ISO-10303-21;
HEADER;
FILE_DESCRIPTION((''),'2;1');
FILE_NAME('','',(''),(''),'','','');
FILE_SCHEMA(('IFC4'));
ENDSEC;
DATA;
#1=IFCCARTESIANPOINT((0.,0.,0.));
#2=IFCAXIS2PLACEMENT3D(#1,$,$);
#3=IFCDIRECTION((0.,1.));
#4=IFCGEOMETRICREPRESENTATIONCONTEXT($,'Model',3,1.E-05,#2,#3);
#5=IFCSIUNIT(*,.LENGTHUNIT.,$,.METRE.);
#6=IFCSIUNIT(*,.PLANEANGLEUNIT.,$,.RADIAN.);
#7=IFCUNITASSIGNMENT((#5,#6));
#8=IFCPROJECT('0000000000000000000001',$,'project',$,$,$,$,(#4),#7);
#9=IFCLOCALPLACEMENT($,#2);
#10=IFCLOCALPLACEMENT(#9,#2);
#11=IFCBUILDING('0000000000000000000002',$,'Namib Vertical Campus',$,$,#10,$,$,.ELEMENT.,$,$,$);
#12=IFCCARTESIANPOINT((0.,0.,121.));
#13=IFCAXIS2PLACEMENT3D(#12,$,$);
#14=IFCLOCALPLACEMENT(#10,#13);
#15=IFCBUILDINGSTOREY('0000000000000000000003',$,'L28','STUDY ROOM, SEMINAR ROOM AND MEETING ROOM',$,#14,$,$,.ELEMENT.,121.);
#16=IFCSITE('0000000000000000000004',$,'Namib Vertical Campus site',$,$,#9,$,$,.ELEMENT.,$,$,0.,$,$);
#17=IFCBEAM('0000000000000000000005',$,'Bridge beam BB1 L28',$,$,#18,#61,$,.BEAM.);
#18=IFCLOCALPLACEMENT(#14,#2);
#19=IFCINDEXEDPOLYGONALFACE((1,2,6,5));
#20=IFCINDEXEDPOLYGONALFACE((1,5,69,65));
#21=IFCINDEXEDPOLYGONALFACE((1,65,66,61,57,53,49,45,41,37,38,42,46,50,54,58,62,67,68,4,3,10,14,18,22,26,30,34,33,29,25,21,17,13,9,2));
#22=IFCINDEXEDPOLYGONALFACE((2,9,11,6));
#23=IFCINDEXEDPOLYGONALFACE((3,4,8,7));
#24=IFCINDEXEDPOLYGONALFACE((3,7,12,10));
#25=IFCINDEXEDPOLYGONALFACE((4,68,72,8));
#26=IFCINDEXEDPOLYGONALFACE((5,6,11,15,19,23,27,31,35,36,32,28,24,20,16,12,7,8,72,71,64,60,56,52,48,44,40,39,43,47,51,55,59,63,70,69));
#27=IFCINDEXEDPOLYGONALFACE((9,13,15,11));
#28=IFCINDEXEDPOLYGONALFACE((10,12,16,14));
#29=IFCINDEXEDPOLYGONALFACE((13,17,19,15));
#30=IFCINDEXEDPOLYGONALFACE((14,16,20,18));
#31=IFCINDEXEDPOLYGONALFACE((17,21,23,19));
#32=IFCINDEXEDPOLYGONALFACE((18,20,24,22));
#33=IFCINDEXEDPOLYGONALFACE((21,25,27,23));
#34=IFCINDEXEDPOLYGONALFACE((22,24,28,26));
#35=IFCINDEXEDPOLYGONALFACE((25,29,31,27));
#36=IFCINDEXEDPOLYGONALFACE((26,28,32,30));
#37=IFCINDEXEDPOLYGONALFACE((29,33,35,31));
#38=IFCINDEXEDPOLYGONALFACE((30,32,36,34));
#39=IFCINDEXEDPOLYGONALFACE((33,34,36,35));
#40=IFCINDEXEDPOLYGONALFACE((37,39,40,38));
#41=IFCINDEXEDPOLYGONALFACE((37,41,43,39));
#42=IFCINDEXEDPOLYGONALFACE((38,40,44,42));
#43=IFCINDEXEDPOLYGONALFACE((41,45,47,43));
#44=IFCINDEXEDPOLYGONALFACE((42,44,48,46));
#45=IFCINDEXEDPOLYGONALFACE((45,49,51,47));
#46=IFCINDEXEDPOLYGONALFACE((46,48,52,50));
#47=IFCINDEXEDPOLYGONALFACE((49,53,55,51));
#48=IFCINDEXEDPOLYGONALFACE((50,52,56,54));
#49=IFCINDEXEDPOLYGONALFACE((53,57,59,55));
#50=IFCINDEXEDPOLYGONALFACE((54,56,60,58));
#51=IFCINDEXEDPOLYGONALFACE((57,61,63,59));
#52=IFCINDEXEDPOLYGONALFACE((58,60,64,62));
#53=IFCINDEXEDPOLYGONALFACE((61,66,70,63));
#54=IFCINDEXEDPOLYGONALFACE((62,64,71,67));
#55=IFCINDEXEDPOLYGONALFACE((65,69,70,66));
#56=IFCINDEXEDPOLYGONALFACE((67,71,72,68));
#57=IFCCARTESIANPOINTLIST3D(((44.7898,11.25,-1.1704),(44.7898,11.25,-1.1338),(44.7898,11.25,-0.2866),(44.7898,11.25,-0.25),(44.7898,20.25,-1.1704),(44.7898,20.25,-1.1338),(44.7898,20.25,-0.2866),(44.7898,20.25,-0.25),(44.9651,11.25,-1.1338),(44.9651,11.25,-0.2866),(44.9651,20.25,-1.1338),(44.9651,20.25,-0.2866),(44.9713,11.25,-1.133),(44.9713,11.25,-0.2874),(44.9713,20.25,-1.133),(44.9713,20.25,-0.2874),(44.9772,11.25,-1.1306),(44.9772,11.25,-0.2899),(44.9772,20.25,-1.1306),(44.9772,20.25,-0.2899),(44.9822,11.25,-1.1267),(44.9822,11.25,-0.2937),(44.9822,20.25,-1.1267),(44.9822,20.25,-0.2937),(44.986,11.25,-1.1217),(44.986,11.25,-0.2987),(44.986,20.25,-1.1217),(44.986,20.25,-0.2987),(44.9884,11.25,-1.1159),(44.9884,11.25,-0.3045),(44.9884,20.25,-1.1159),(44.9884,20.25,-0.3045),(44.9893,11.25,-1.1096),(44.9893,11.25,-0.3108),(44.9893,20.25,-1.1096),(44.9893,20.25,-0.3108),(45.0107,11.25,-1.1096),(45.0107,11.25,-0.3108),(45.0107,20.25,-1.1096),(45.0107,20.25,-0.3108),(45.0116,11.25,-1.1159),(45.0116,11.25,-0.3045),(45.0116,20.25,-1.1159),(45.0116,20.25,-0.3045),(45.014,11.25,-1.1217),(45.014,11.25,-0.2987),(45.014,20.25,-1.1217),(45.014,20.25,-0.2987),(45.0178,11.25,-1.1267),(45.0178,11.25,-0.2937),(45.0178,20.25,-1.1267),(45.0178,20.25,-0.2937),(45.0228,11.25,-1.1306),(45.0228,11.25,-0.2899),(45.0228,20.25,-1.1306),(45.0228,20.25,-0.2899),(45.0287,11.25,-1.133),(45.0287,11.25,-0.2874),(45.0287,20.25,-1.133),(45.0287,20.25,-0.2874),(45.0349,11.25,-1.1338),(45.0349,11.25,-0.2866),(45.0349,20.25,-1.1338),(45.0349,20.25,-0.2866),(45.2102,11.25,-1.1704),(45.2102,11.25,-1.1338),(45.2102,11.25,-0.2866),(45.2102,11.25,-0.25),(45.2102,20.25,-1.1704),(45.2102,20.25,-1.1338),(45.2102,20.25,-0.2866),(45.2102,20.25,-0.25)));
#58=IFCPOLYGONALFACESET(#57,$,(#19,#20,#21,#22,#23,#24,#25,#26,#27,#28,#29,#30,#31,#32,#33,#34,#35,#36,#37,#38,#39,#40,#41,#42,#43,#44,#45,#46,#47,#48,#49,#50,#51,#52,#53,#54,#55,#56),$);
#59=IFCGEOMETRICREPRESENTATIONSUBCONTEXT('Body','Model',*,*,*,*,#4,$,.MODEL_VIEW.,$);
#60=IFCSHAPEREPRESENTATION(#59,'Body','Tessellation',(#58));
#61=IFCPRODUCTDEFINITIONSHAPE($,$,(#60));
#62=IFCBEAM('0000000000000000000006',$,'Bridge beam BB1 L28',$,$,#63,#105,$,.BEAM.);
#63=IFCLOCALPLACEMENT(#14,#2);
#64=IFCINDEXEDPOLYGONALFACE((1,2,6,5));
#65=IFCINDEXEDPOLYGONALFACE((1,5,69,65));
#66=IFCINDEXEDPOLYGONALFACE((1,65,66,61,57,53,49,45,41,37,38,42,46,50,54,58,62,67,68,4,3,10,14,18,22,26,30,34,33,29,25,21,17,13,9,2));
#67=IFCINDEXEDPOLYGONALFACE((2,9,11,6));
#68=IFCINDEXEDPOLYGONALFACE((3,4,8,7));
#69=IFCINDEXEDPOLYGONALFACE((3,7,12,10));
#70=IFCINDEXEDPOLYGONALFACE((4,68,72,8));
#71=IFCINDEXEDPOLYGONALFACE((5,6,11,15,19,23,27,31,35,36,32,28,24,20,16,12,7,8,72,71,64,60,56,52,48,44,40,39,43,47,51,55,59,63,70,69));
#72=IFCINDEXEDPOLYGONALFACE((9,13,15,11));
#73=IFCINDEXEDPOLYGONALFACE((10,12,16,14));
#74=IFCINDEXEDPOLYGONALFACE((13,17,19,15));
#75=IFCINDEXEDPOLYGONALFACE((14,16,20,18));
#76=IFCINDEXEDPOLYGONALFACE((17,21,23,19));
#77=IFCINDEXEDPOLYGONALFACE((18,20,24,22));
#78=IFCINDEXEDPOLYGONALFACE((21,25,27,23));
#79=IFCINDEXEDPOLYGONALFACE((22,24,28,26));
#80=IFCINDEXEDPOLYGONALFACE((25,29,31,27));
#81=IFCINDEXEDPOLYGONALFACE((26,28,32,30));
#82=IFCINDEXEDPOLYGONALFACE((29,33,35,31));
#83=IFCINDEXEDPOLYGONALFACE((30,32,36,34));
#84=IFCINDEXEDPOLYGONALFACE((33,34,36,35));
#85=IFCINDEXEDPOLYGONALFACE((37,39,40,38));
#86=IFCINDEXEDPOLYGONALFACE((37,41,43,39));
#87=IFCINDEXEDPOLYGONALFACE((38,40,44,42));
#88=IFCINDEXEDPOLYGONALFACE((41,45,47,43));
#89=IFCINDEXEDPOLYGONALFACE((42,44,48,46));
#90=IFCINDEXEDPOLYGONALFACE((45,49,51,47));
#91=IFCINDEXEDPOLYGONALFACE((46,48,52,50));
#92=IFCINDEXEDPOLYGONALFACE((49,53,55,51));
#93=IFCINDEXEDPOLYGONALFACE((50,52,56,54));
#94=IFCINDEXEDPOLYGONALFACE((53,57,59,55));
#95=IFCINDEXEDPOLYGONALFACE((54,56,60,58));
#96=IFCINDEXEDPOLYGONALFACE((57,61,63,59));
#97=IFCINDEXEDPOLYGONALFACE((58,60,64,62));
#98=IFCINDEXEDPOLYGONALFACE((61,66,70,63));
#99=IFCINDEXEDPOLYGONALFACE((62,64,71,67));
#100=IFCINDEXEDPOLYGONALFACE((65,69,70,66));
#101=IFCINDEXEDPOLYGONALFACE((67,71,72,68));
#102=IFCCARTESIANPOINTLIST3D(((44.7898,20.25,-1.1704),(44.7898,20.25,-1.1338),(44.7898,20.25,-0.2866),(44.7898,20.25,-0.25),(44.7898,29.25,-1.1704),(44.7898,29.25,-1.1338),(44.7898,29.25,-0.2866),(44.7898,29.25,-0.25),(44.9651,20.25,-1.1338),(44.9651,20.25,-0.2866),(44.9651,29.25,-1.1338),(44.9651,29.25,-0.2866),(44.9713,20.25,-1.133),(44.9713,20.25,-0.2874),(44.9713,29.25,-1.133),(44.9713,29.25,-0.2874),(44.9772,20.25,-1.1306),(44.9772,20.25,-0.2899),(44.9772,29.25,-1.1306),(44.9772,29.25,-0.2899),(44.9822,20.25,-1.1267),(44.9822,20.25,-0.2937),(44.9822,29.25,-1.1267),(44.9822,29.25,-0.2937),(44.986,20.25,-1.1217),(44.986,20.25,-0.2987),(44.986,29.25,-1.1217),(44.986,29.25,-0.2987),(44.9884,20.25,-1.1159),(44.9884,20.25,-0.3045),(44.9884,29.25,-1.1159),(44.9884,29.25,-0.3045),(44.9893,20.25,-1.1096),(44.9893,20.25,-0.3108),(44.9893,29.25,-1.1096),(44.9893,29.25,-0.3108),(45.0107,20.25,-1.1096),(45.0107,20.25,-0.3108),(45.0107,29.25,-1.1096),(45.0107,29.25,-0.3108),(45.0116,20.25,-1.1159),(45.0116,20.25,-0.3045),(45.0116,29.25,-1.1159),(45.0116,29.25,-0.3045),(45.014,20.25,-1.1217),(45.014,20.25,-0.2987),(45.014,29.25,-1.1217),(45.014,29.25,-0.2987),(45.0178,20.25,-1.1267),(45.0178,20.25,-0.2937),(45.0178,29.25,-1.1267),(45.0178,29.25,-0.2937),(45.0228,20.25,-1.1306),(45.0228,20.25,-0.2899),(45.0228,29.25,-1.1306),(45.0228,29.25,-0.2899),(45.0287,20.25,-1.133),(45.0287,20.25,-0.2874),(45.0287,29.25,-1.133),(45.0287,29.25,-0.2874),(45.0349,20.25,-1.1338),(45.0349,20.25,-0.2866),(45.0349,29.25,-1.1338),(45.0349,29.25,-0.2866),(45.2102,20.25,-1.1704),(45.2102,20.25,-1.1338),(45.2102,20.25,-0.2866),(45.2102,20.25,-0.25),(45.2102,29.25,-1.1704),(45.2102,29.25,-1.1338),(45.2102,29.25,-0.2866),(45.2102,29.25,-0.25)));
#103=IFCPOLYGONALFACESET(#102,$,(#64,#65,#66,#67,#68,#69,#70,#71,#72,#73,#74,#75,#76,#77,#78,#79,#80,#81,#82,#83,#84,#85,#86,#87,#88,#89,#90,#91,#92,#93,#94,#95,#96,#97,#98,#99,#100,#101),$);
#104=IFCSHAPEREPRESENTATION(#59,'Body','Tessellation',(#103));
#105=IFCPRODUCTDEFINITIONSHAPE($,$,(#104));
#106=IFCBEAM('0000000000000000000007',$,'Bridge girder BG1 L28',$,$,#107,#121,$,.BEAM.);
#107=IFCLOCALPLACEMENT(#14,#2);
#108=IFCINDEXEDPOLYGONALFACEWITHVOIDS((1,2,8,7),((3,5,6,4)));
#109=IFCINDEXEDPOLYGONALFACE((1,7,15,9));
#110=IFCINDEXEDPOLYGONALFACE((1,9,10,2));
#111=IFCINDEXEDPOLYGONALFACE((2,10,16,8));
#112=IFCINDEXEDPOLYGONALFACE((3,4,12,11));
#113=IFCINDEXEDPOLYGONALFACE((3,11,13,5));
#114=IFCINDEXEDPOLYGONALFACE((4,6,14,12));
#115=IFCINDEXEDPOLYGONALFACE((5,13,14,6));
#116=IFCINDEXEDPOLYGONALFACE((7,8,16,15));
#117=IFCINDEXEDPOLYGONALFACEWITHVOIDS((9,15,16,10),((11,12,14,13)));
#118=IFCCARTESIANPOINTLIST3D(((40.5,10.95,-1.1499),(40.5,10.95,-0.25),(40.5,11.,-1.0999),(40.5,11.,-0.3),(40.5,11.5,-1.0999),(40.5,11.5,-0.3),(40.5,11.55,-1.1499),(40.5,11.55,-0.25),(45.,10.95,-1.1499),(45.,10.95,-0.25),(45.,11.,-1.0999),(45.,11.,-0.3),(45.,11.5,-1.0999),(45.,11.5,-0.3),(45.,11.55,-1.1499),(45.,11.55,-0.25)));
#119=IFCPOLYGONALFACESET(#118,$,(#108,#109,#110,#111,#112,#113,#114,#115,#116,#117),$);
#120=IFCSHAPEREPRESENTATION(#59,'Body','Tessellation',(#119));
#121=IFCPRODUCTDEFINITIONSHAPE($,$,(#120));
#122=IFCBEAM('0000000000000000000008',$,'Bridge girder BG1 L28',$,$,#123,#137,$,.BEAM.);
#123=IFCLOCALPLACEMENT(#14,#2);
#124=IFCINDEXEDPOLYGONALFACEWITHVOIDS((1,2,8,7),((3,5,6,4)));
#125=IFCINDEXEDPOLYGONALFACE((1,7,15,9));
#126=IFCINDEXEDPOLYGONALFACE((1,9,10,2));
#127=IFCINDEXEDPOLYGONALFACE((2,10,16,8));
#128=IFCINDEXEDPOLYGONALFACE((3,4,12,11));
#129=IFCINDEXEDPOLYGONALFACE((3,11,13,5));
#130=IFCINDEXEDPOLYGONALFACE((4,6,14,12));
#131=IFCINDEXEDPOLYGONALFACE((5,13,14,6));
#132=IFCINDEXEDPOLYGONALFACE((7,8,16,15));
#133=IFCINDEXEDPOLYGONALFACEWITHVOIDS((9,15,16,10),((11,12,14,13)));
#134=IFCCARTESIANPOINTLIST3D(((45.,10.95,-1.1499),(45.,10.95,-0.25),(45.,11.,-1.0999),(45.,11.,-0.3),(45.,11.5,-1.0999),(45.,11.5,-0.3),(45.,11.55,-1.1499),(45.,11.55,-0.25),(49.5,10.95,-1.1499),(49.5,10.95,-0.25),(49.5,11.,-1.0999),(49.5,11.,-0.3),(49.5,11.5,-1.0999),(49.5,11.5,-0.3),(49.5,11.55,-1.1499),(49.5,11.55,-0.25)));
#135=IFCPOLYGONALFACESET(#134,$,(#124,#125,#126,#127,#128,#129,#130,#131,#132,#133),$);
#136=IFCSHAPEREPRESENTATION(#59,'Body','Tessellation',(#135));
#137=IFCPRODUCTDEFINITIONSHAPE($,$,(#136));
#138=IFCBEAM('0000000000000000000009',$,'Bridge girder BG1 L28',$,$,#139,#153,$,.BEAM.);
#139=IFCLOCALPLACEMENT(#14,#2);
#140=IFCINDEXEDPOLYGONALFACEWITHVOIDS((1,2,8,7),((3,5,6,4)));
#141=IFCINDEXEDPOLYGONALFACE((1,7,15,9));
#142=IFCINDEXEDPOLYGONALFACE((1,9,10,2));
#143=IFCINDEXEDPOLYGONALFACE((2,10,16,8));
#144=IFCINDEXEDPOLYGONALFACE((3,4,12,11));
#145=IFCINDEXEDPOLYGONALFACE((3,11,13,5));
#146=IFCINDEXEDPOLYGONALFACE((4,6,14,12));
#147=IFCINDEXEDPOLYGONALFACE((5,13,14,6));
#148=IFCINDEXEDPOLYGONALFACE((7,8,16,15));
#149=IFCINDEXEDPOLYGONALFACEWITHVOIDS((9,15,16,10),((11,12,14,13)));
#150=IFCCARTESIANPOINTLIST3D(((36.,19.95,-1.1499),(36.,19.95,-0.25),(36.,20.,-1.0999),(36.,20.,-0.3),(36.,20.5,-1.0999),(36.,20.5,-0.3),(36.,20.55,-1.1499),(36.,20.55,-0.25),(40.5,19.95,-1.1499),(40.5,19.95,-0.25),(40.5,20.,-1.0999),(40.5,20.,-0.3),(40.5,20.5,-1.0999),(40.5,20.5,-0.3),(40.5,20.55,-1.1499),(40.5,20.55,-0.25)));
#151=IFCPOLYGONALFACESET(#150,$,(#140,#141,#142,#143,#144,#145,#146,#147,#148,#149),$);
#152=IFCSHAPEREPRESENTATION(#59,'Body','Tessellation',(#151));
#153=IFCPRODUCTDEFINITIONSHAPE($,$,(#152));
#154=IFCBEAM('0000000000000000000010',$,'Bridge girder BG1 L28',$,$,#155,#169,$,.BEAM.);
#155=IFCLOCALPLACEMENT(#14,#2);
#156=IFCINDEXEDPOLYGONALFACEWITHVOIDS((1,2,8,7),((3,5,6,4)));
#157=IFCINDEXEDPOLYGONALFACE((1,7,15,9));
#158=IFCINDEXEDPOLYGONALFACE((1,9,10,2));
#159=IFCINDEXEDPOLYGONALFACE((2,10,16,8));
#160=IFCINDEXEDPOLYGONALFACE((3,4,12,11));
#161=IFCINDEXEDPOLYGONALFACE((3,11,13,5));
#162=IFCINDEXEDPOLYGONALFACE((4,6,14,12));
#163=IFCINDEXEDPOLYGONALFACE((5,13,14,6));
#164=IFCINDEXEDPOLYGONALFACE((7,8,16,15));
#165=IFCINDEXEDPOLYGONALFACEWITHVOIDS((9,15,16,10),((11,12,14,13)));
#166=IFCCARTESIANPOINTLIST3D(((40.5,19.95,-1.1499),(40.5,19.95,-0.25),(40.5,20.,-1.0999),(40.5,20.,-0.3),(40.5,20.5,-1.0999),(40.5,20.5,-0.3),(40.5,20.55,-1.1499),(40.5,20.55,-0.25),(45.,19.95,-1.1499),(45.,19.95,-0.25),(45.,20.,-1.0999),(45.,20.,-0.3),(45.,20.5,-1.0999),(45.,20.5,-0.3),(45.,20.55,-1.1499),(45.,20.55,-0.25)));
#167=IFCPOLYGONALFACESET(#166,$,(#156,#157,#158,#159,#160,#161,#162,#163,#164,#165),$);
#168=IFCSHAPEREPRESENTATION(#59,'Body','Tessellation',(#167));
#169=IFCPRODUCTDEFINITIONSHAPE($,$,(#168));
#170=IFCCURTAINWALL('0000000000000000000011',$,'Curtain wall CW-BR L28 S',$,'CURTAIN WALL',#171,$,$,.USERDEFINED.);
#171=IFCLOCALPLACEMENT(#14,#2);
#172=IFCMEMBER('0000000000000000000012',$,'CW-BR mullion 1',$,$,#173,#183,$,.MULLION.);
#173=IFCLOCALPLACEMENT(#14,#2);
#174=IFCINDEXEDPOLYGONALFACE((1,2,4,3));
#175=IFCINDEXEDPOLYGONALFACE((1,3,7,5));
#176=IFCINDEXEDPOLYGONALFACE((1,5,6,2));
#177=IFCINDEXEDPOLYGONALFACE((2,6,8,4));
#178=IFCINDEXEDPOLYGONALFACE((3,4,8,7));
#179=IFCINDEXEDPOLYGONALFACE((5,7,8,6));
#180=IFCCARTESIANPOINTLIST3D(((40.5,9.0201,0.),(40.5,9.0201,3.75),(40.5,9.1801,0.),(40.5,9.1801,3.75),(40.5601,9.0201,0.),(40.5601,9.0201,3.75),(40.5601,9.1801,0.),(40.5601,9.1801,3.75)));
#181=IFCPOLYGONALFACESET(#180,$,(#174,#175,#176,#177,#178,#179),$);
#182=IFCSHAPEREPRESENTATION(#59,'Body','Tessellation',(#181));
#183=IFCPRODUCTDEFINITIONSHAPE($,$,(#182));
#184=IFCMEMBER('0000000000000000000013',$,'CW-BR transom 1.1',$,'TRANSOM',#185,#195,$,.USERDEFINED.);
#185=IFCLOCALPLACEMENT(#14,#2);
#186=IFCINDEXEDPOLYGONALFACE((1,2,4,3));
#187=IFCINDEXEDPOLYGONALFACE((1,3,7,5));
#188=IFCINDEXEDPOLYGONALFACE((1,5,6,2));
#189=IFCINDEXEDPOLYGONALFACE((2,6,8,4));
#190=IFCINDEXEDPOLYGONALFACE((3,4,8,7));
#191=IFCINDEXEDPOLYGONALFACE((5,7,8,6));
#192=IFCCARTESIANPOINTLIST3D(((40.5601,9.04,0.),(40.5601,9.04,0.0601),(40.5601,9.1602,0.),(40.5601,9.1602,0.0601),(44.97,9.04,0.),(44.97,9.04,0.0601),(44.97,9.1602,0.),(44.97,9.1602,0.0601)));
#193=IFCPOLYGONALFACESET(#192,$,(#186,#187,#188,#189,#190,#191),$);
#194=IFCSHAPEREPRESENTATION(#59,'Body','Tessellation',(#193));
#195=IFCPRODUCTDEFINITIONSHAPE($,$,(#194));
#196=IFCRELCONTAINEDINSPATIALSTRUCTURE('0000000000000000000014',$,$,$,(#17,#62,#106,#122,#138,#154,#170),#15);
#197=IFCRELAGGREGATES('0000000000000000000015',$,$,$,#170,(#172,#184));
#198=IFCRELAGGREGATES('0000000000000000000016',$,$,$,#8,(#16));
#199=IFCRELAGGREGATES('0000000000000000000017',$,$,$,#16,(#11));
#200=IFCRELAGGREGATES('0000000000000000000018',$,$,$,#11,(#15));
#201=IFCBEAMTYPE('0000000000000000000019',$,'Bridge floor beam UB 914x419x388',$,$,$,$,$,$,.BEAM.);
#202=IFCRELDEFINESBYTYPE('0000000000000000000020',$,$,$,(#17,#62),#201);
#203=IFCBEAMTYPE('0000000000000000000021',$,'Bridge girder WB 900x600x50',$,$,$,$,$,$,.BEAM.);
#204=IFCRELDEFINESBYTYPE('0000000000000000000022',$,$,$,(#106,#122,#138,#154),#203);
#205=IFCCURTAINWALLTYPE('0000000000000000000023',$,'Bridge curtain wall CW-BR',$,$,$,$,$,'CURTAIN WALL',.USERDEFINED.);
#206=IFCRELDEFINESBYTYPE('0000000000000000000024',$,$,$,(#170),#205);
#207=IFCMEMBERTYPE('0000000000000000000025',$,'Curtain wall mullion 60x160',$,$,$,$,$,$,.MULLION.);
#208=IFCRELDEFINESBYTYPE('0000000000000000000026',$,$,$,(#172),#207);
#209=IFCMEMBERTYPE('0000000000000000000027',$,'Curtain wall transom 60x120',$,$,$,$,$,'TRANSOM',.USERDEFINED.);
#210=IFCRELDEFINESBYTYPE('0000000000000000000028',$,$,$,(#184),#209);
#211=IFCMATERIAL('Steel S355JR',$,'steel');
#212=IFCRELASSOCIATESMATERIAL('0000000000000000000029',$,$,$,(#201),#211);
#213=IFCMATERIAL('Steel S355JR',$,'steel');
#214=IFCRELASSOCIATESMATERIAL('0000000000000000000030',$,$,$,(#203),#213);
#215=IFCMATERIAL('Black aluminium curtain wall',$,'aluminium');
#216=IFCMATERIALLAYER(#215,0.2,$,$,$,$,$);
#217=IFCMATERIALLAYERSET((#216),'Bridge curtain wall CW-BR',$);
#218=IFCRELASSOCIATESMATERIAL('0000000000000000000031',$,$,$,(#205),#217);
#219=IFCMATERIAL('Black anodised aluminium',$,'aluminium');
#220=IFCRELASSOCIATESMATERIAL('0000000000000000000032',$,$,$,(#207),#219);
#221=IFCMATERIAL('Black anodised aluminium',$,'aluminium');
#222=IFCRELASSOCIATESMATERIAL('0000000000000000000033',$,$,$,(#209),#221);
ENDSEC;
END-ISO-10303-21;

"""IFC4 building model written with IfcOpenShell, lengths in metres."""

from ifc_helpers import new_model, si_unit, direction, frame, origin, origin_2d, place, context, subcontext, project, spatial, rectangle, hollow_rectangle, i_section, extrude, material, layer, layer_set, material_profile, profile_set, type_object, element, aggregate, save


model = new_model("IFC4")

# Units and contexts
model_context = context("Model", 3, precision=1e-05, world=origin(), true_north=direction((0.0, 1.0)))
body_context = subcontext(model_context, "Body", "Model", "MODEL_VIEW")
ifc_project = project(units=[si_unit("LENGTHUNIT", "METRE"), si_unit("PLANEANGLEUNIT", "RADIAN")], contexts=[model_context])

# Site, building, storey
site_placement = place(None, origin())
site = spatial("IfcSite", under=ifc_project, at=site_placement, Name="Namib Vertical Campus site", CompositionType="ELEMENT", RefElevation=0.0)
building_placement = place(site_placement, origin())
building = spatial("IfcBuilding", under=site, at=building_placement, Name="Namib Vertical Campus", CompositionType="ELEMENT")
storey_placement = place(building_placement, frame((0.0, 0.0, 121.0)))
storey = spatial("IfcBuildingStorey", under=building, at=storey_placement, Name="L28", Description="STUDY ROOM, SEMINAR ROOM AND MEETING ROOM", CompositionType="ELEMENT", Elevation=121.0)

# Beams
ifc_material_1 = material(Name="Steel S355JR", Category="steel")
ifc_material_profile_1 = material_profile(ifc_material_1, i_section(OverallWidth=0.4204, OverallDepth=0.9204, WebThickness=0.0215, FlangeThickness=0.0366, FilletRadius=0.0242, at=origin_2d()))
ifc_profile_set_1 = profile_set([ifc_material_profile_1], Name="Steel S355JR")
beam_type_1 = type_object("IfcBeamType", Name="Bridge floor beam UB 914x419x388", PredefinedType="BEAM", material=ifc_profile_set_1)
for number, where, z_axis, x_axis, name in (
    (1, (45.0, 11.25, -0.7102), (0.0, 1.0, 0.0), (-1.0, 0.0, 0.0), "Bridge beam BB1 L28"),
    (2, (45.0, 20.25, -0.7102), (0.0, 1.0, 0.0), (-1.0, 0.0, 0.0), "Bridge beam BB1 L28"),
):
    element("IfcBeam", number, at=place(storey_placement, frame(where, z_axis=z_axis, x_axis=x_axis)), inside=storey, type_object=beam_type_1, Name=name, PredefinedType="BEAM", context=body_context, shape_type="SweptSolid", body=[
        extrude(i_section(OverallWidth=0.4204, OverallDepth=0.9204, WebThickness=0.0215, FlangeThickness=0.0366, FilletRadius=0.0242, at=origin_2d()), origin(), (0.0, 0.0, 1.0), 9.0),
    ])
ifc_material_2 = material(Name="Steel S355JR", Category="steel")
ifc_material_profile_2 = material_profile(ifc_material_2, hollow_rectangle(XDim=0.6001, YDim=0.8999, WallThickness=0.05, at=origin_2d()))
ifc_profile_set_2 = profile_set([ifc_material_profile_2], Name="Steel S355JR")
beam_type_2 = type_object("IfcBeamType", Name="Bridge girder WB 900x600x50", PredefinedType="BEAM", material=ifc_profile_set_2)
for number, where, z_axis, x_axis, name in (
    (3, (40.5, 11.25, -0.7), (1.0, 0.0, 0.0), (0.0, 1.0, 0.0), "Bridge girder BG1 L28"),
    (4, (45.0, 11.25, -0.7), (1.0, 0.0, 0.0), (0.0, 1.0, 0.0), "Bridge girder BG1 L28"),
    (5, (36.0, 20.25, -0.7), (1.0, 0.0, 0.0), (0.0, 1.0, 0.0), "Bridge girder BG1 L28"),
    (6, (40.5, 20.25, -0.7), (1.0, 0.0, 0.0), (0.0, 1.0, 0.0), "Bridge girder BG1 L28"),
):
    element("IfcBeam", number, at=place(storey_placement, frame(where, z_axis=z_axis, x_axis=x_axis)), inside=storey, type_object=beam_type_2, Name=name, PredefinedType="BEAM", context=body_context, shape_type="SweptSolid", body=[
        extrude(hollow_rectangle(XDim=0.6001, YDim=0.8999, WallThickness=0.05, at=origin_2d()), origin(), (0.0, 0.0, 1.0), 4.5),
    ])

# Curtain wall, members
ifc_material_3 = material(Name="Black aluminium curtain wall", Category="aluminium")
ifc_layer_1 = layer(ifc_material_3, 0.2)
ifc_layer_set_1 = layer_set([ifc_layer_1], Name="Bridge curtain wall CW-BR")
curtain_wall_type = type_object("IfcCurtainWallType", Name="Bridge curtain wall CW-BR", ElementType="CURTAIN WALL", PredefinedType="USERDEFINED", material=ifc_layer_set_1)
curtain_wall_placement = place(storey_placement, origin())
curtain_wall = element("IfcCurtainWall", 7, at=curtain_wall_placement, inside=storey, type_object=curtain_wall_type, Name="Curtain wall CW-BR L28 S", ObjectType="CURTAIN WALL", PredefinedType="USERDEFINED")
ifc_material_4 = material(Name="Black anodised aluminium", Category="aluminium")
ifc_material_profile_3 = material_profile(ifc_material_4, rectangle(XDim=0.0601, YDim=0.1599, at=origin_2d()))
ifc_profile_set_3 = profile_set([ifc_material_profile_3], Name="Black anodised aluminium")
member_type_1 = type_object("IfcMemberType", Name="Curtain wall mullion 60x160", PredefinedType="MULLION", material=ifc_profile_set_3)
member_1_placement = place(storey_placement, frame((40.53, 9.1001, 0.0), z_axis=(0.0, 0.0, 1.0), x_axis=(1.0, 0.0, 0.0)))
member_1 = element("IfcMember", 8, at=member_1_placement, type_object=member_type_1, Name="CW-BR mullion 1", PredefinedType="MULLION", context=body_context, shape_type="SweptSolid", body=[
    extrude(rectangle(XDim=0.0601, YDim=0.1599, at=origin_2d()), origin(), (0.0, 0.0, 1.0), 3.75),
])
ifc_material_5 = material(Name="Black anodised aluminium", Category="aluminium")
ifc_material_profile_4 = material_profile(ifc_material_5, rectangle(XDim=0.0601, YDim=0.1201, at=origin_2d()))
ifc_profile_set_4 = profile_set([ifc_material_profile_4], Name="Black anodised aluminium")
member_type_2 = type_object("IfcMemberType", Name="Curtain wall transom 60x120", ElementType="TRANSOM", PredefinedType="USERDEFINED", material=ifc_profile_set_4)
member_2_placement = place(storey_placement, frame((40.5601, 9.1001, 0.03), z_axis=(1.0, 0.0, 0.0), x_axis=(0.0, 0.0, 1.0)))
member_2 = element("IfcMember", 9, at=member_2_placement, type_object=member_type_2, Name="CW-BR transom 1.1", ObjectType="TRANSOM", PredefinedType="USERDEFINED", context=body_context, shape_type="SweptSolid", body=[
    extrude(rectangle(XDim=0.0601, YDim=0.1201, at=origin_2d()), origin(), (0.0, 0.0, 1.0), 4.4099),
])

aggregate(curtain_wall, [member_1, member_2])

save(model, "model.ifc")
